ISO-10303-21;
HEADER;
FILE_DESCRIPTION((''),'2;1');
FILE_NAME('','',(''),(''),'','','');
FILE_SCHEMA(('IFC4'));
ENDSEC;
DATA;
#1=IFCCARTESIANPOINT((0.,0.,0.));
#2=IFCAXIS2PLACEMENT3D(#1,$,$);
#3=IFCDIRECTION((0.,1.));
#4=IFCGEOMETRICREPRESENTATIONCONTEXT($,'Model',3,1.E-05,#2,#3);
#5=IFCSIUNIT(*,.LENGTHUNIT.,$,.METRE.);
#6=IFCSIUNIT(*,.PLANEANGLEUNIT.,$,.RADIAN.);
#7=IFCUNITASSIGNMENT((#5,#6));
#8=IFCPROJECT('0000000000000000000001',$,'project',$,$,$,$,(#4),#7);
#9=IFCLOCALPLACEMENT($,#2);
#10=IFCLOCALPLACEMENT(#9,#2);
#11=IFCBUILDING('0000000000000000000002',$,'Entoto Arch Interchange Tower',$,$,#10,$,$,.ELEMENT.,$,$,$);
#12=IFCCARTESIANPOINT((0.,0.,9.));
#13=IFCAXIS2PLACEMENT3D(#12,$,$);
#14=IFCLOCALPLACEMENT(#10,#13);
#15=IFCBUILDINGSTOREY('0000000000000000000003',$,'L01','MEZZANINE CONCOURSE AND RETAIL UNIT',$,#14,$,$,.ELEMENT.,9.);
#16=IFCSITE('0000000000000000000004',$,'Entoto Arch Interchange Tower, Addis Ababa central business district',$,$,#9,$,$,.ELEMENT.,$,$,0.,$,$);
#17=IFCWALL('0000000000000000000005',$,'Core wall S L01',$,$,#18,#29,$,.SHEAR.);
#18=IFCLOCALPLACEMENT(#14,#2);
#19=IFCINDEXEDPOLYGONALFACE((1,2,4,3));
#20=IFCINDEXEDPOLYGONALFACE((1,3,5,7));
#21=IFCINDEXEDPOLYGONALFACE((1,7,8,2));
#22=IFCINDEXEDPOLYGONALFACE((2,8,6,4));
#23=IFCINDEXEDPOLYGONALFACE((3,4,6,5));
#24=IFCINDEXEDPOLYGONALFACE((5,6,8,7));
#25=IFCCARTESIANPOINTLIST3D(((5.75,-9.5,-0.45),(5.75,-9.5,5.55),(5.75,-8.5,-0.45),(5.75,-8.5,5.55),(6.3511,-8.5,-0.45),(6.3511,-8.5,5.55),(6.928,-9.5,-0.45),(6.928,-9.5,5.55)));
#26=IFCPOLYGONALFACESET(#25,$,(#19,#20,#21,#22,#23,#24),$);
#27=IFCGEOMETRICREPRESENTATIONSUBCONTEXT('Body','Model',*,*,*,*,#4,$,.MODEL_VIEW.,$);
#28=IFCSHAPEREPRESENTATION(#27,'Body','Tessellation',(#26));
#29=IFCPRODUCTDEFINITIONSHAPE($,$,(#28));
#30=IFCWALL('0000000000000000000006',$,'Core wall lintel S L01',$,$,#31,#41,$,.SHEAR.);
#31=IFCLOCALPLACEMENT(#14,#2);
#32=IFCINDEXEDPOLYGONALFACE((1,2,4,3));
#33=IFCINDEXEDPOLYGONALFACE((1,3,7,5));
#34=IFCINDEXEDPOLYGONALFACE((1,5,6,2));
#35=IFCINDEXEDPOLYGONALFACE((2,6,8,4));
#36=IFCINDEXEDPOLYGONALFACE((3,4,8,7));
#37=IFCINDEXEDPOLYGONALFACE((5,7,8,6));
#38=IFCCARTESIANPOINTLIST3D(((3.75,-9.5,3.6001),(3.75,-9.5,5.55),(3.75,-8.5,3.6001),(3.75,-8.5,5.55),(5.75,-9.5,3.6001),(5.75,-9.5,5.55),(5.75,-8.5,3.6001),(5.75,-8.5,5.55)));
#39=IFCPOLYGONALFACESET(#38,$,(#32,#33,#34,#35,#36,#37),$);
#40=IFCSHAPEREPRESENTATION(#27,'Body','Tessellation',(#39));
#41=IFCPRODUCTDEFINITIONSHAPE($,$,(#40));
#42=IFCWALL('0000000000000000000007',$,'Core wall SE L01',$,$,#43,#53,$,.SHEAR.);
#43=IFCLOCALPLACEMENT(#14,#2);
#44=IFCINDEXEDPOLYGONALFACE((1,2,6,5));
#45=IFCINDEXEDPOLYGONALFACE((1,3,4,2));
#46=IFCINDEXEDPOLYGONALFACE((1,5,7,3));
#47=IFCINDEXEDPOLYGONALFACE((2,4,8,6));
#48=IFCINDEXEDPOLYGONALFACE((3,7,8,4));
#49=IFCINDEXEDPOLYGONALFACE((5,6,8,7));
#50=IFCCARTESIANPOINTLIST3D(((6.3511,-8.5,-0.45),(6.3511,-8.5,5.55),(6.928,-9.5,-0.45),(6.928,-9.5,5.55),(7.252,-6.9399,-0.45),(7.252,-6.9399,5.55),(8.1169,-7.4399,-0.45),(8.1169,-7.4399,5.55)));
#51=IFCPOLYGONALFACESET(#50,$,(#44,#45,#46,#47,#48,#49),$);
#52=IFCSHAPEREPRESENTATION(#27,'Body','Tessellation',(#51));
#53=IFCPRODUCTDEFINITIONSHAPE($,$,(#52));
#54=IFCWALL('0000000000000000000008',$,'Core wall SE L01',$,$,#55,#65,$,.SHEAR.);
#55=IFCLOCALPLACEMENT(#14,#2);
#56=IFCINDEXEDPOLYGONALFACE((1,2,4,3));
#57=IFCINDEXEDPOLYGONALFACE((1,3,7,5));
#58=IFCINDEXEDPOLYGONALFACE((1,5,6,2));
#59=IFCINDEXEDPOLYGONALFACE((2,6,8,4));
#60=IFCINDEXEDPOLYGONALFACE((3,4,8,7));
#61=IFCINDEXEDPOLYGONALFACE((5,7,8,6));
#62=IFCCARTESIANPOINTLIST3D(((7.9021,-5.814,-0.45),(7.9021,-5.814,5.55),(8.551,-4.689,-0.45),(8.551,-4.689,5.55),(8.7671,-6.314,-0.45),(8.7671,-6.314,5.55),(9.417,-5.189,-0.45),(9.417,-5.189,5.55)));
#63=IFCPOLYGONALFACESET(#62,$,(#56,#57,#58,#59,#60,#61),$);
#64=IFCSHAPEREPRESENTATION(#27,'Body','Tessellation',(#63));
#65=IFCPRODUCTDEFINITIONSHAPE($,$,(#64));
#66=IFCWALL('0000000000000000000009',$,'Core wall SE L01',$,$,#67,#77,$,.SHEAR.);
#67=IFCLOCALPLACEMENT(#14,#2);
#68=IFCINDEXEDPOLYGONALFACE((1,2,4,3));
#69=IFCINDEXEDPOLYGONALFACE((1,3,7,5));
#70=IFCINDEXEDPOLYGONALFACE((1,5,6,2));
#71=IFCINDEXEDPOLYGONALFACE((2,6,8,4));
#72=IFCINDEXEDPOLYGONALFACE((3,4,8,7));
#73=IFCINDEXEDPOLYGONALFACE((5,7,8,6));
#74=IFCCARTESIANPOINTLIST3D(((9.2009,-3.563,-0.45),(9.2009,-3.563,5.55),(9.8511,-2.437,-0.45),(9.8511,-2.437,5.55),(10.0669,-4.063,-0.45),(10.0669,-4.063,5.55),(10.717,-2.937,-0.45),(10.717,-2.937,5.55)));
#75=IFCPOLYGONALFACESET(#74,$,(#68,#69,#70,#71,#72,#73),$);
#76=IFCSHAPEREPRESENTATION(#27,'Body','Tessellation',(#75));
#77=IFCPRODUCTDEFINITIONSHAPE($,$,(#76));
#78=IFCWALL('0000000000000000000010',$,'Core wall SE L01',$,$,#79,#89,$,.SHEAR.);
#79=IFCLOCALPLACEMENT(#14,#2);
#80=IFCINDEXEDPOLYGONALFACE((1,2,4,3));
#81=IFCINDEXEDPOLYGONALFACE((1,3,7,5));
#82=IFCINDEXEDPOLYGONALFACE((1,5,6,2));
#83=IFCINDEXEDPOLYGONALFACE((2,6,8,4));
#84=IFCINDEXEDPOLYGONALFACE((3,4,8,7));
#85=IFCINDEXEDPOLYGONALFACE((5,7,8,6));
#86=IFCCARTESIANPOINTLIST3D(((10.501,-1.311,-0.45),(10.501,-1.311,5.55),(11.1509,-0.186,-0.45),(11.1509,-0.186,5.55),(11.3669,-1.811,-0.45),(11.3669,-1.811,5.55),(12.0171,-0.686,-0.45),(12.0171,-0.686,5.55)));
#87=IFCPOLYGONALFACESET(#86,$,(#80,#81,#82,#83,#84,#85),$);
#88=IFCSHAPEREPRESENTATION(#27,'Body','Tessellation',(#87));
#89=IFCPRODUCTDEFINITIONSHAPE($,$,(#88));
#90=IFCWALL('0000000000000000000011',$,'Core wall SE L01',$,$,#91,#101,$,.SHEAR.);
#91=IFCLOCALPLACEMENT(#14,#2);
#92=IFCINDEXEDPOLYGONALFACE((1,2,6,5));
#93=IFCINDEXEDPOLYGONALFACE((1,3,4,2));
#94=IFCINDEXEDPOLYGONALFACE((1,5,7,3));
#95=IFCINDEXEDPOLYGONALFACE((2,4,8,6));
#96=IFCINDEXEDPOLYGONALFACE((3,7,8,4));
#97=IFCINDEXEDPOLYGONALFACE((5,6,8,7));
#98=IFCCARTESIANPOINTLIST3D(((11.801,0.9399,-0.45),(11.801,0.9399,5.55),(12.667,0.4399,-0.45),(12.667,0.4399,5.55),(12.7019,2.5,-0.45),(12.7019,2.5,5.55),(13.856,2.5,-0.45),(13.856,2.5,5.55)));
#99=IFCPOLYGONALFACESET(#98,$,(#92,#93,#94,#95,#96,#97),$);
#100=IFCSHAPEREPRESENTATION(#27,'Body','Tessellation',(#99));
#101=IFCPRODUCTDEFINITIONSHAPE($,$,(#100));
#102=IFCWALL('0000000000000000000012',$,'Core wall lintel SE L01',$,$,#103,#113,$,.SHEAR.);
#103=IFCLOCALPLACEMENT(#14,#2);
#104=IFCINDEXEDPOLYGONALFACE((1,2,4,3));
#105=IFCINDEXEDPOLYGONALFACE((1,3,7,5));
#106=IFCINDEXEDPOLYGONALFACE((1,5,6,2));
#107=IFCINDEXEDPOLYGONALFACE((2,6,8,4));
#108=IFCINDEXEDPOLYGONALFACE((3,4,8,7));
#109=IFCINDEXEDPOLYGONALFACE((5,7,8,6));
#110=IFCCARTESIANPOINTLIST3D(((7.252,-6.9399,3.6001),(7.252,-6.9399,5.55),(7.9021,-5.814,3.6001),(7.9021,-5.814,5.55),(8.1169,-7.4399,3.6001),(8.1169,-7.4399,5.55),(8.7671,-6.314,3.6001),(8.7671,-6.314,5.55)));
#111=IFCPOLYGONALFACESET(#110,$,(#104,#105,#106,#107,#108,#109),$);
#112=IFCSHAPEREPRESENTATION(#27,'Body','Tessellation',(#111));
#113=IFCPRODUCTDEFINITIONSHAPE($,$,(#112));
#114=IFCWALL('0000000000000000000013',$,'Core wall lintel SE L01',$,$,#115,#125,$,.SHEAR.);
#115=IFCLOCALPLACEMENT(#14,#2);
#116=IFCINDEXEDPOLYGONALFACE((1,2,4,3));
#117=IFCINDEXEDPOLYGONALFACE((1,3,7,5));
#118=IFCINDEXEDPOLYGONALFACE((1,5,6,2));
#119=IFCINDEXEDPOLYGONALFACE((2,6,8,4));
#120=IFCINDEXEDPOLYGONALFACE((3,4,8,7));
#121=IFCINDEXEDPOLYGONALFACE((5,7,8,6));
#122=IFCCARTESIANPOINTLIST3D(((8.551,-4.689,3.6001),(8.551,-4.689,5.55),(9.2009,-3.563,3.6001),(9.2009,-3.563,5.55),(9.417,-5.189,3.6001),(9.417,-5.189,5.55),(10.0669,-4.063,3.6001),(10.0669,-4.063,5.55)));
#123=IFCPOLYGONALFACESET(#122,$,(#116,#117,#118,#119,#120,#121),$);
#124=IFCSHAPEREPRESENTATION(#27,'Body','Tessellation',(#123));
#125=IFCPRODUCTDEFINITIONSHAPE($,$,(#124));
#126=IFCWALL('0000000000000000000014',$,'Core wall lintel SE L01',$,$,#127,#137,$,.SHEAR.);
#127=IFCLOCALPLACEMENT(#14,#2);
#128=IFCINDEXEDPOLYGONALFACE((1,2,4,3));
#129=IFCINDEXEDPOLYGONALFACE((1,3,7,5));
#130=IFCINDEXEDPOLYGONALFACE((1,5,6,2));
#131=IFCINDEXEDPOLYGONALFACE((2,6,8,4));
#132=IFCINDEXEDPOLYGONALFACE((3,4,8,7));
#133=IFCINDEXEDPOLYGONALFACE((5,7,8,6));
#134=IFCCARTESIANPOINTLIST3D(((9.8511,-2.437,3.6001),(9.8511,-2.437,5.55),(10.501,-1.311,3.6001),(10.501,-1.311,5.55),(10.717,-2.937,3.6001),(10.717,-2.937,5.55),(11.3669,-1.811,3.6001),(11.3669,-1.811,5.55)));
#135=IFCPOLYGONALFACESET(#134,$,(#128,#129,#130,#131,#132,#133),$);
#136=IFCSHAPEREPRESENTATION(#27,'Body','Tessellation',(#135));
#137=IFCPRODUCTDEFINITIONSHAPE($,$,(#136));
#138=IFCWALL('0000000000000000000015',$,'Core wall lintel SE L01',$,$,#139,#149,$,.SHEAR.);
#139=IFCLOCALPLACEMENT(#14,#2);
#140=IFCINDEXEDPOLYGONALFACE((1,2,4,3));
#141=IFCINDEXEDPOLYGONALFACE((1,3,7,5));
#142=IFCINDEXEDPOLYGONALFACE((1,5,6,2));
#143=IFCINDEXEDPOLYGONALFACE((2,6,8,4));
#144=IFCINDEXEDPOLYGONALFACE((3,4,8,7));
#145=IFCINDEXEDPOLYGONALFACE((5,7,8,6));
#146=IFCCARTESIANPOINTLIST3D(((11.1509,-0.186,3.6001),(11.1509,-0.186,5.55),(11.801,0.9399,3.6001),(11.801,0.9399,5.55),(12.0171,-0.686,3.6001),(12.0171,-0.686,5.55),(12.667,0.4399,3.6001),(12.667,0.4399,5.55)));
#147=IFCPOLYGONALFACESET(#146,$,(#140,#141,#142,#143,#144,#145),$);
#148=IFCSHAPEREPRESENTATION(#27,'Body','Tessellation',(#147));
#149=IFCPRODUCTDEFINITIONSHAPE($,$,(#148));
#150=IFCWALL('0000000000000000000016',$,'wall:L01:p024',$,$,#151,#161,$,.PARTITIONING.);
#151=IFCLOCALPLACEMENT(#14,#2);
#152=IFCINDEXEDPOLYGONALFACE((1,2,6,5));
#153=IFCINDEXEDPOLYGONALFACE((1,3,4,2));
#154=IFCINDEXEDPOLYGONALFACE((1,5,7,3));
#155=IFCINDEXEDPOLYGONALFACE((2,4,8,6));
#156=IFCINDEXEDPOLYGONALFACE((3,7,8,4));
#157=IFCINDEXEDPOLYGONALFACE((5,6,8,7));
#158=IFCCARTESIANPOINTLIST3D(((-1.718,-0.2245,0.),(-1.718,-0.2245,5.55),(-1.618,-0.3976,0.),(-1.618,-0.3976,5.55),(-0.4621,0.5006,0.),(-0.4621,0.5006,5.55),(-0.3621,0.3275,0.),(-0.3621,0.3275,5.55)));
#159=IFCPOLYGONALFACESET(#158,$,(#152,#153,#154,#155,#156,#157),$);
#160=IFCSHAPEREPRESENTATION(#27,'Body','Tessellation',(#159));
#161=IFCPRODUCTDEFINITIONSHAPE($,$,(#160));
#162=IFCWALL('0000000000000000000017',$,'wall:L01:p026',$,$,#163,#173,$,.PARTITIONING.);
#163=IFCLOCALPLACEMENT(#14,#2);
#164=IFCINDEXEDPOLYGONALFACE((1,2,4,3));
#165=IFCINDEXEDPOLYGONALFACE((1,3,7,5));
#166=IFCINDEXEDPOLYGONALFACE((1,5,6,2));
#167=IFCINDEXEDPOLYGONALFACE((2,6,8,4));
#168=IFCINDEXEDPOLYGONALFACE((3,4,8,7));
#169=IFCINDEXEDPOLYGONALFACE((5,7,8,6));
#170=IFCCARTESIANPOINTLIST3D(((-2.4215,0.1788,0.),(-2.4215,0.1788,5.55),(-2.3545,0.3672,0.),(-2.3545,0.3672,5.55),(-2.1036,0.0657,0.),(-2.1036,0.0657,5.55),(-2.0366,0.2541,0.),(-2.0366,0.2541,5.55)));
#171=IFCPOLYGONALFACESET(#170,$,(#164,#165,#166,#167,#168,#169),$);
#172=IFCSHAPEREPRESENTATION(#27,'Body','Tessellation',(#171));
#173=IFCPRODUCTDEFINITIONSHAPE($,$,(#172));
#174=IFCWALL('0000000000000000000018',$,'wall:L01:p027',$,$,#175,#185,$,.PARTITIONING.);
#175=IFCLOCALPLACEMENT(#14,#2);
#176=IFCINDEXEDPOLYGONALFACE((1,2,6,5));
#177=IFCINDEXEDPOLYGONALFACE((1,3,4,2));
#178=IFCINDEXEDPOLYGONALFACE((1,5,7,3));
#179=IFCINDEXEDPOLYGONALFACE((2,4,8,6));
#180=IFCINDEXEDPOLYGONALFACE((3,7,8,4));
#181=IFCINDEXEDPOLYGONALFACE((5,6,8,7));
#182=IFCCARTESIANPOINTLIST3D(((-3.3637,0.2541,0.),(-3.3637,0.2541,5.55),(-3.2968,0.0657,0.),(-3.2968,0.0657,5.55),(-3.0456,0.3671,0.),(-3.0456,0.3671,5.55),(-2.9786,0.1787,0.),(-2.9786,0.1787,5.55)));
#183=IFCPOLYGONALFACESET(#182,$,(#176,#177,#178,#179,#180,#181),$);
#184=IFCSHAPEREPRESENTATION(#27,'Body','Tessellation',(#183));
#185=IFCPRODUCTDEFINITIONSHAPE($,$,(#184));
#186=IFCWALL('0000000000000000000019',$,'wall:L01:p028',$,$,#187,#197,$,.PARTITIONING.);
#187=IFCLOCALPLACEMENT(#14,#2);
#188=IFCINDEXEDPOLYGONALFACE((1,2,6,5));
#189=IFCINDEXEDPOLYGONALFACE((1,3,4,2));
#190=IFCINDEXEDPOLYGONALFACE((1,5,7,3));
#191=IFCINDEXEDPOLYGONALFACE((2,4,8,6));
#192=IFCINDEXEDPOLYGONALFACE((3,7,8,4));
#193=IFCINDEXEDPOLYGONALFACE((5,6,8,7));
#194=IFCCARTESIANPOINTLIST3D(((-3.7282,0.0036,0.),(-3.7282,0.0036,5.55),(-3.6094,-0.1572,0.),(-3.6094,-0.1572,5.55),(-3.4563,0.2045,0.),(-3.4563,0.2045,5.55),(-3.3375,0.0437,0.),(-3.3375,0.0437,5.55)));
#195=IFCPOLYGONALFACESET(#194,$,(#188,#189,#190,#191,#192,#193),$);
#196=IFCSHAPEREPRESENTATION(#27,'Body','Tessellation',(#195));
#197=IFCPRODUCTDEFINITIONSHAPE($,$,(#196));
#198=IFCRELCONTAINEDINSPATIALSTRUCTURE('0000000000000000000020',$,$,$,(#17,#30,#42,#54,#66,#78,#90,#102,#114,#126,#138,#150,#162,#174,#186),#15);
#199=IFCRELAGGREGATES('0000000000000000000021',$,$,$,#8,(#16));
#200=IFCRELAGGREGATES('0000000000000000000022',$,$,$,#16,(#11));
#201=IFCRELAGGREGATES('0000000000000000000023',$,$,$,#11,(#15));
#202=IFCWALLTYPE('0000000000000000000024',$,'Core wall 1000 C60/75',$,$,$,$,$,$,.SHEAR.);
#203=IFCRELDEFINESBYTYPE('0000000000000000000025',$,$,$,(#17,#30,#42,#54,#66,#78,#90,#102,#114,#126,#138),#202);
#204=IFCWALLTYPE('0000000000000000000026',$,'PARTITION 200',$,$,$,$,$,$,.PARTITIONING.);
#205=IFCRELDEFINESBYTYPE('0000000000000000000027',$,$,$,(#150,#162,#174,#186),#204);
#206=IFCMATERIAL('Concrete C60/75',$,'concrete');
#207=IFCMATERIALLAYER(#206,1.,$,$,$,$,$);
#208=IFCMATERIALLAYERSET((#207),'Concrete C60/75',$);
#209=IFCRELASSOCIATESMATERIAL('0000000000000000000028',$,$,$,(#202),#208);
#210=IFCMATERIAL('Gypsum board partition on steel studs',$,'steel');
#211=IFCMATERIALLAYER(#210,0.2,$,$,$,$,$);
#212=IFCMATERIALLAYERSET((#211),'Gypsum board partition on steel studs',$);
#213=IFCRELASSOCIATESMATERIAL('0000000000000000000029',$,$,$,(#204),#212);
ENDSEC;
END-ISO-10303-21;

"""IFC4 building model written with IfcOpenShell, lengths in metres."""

from ifc_helpers import new_model, si_unit, direction, frame, frame_2d, origin, place, context, subcontext, project, spatial, polyline, rectangle, outline, extrude, material, layer, layer_set, type_object, element, save


model = new_model("IFC4")

# Units and contexts
model_context = context("Model", 3, precision=1e-05, world=origin(), true_north=direction((0.0, 1.0)))
body_context = subcontext(model_context, "Body", "Model", "MODEL_VIEW")
ifc_project = project(units=[si_unit("LENGTHUNIT", "METRE"), si_unit("PLANEANGLEUNIT", "RADIAN")], contexts=[model_context])

# Site, building, storey
site_placement = place(None, origin())
site = spatial("IfcSite", under=ifc_project, at=site_placement, Name="Entoto Arch Interchange Tower, Addis Ababa central business district", CompositionType="ELEMENT", RefElevation=0.0)
building_placement = place(site_placement, origin())
building = spatial("IfcBuilding", under=site, at=building_placement, Name="Entoto Arch Interchange Tower", CompositionType="ELEMENT")
storey_placement = place(building_placement, frame((0.0, 0.0, 9.0)))
storey = spatial("IfcBuildingStorey", under=building, at=storey_placement, Name="L01", Description="MEZZANINE CONCOURSE AND RETAIL UNIT", CompositionType="ELEMENT", Elevation=9.0)

# Walls
ifc_material_1 = material(Name="Concrete C60/75", Category="concrete")
ifc_layer_1 = layer(ifc_material_1, 1.0)
ifc_layer_set_1 = layer_set([ifc_layer_1], Name="Concrete C60/75")
wall_type_1 = type_object("IfcWallType", Name="Core wall 1000 C60/75", PredefinedType="SHEAR", material=ifc_layer_set_1)
wall_1_placement = place(storey_placement, frame((0.0, 0.0, -0.45)))
element("IfcWall", 1, at=wall_1_placement, inside=storey, type_object=wall_type_1, Name="Core wall S L01", PredefinedType="SHEAR", context=body_context, shape_type="SweptSolid", body=[
    extrude(outline(polyline([(5.75, -8.5), (5.75, -9.5), (6.928, -9.5), (6.3511, -8.5), (5.75, -8.5)])), origin(), (0.0, 0.0, 1.0), 6.0),
])
wall_2_placement = place(storey_placement, frame((0.0, 0.0, 3.6001)))
element("IfcWall", 2, at=wall_2_placement, inside=storey, type_object=wall_type_1, Name="Core wall lintel S L01", PredefinedType="SHEAR", context=body_context, shape_type="SweptSolid", body=[
    extrude(outline(polyline([(5.75, -9.5), (5.75, -8.5), (3.75, -8.5), (3.75, -9.5), (5.75, -9.5)])), origin(), (0.0, 0.0, 1.0), 1.95),
])
wall_3_placement = place(storey_placement, frame((0.0, 0.0, -0.45)))
element("IfcWall", 3, at=wall_3_placement, inside=storey, type_object=wall_type_1, Name="Core wall SE L01", PredefinedType="SHEAR", context=body_context, shape_type="SweptSolid", body=[
    extrude(outline(polyline([(8.1169, -7.4399), (7.252, -6.9399), (6.3511, -8.5), (6.928, -9.5), (8.1169, -7.4399)])), origin(), (0.0, 0.0, 1.0), 6.0),
])
wall_4_placement = place(storey_placement, frame((0.0, 0.0, -0.45)))
element("IfcWall", 4, at=wall_4_placement, inside=storey, type_object=wall_type_1, Name="Core wall SE L01", PredefinedType="SHEAR", context=body_context, shape_type="SweptSolid", body=[
    extrude(outline(polyline([(9.417, -5.189), (8.551, -4.689), (7.9021, -5.814), (8.7671, -6.314), (9.417, -5.189)])), origin(), (0.0, 0.0, 1.0), 6.0),
])
wall_5_placement = place(storey_placement, frame((0.0, 0.0, -0.45)))
element("IfcWall", 5, at=wall_5_placement, inside=storey, type_object=wall_type_1, Name="Core wall SE L01", PredefinedType="SHEAR", context=body_context, shape_type="SweptSolid", body=[
    extrude(outline(polyline([(10.717, -2.937), (9.8511, -2.437), (9.2009, -3.563), (10.0669, -4.063), (10.717, -2.937)])), origin(), (0.0, 0.0, 1.0), 6.0),
])
wall_6_placement = place(storey_placement, frame((0.0, 0.0, -0.45)))
element("IfcWall", 6, at=wall_6_placement, inside=storey, type_object=wall_type_1, Name="Core wall SE L01", PredefinedType="SHEAR", context=body_context, shape_type="SweptSolid", body=[
    extrude(outline(polyline([(12.0171, -0.686), (11.1509, -0.186), (10.501, -1.311), (11.3669, -1.811), (12.0171, -0.686)])), origin(), (0.0, 0.0, 1.0), 6.0),
])
wall_7_placement = place(storey_placement, frame((0.0, 0.0, -0.45)))
element("IfcWall", 7, at=wall_7_placement, inside=storey, type_object=wall_type_1, Name="Core wall SE L01", PredefinedType="SHEAR", context=body_context, shape_type="SweptSolid", body=[
    extrude(outline(polyline([(11.801, 0.9399), (12.667, 0.4399), (13.856, 2.5), (12.7019, 2.5), (11.801, 0.9399)])), origin(), (0.0, 0.0, 1.0), 6.0),
])
wall_8_placement = place(storey_placement, frame((0.0, 0.0, 3.6001)))
element("IfcWall", 8, at=wall_8_placement, inside=storey, type_object=wall_type_1, Name="Core wall lintel SE L01", PredefinedType="SHEAR", context=body_context, shape_type="SweptSolid", body=[
    extrude(outline(polyline([(8.7671, -6.314), (7.9021, -5.814), (7.252, -6.9399), (8.1169, -7.4399), (8.7671, -6.314)])), origin(), (0.0, 0.0, 1.0), 1.95),
])
wall_9_placement = place(storey_placement, frame((0.0, 0.0, 3.6001)))
element("IfcWall", 9, at=wall_9_placement, inside=storey, type_object=wall_type_1, Name="Core wall lintel SE L01", PredefinedType="SHEAR", context=body_context, shape_type="SweptSolid", body=[
    extrude(outline(polyline([(10.0669, -4.063), (9.2009, -3.563), (8.551, -4.689), (9.417, -5.189), (10.0669, -4.063)])), origin(), (0.0, 0.0, 1.0), 1.95),
])
wall_10_placement = place(storey_placement, frame((0.0, 0.0, 3.6001)))
element("IfcWall", 10, at=wall_10_placement, inside=storey, type_object=wall_type_1, Name="Core wall lintel SE L01", PredefinedType="SHEAR", context=body_context, shape_type="SweptSolid", body=[
    extrude(outline(polyline([(11.3669, -1.811), (10.501, -1.311), (9.8511, -2.437), (10.717, -2.937), (11.3669, -1.811)])), origin(), (0.0, 0.0, 1.0), 1.95),
])
wall_11_placement = place(storey_placement, frame((0.0, 0.0, 3.6001)))
element("IfcWall", 11, at=wall_11_placement, inside=storey, type_object=wall_type_1, Name="Core wall lintel SE L01", PredefinedType="SHEAR", context=body_context, shape_type="SweptSolid", body=[
    extrude(outline(polyline([(12.667, 0.4399), (11.801, 0.9399), (11.1509, -0.186), (12.0171, -0.686), (12.667, 0.4399)])), origin(), (0.0, 0.0, 1.0), 1.95),
])
ifc_material_2 = material(Name="Gypsum board partition on steel studs", Category="steel")
ifc_layer_2 = layer(ifc_material_2, 0.2)
ifc_layer_set_2 = layer_set([ifc_layer_2], Name="Gypsum board partition on steel studs")
wall_type_2 = type_object("IfcWallType", Name="PARTITION 200", PredefinedType="PARTITIONING", material=ifc_layer_set_2)
wall_12_placement = place(storey_placement, frame((-0.4121, 0.4141, 0.0), z_axis=(0.0, 0.0, 1.0), x_axis=(-0.866017, -0.500014, 0.0)))
element("IfcWall", 12, at=wall_12_placement, inside=storey, type_object=wall_type_2, Name="wall:L01:p024", PredefinedType="PARTITIONING", context=body_context, shape_type="SweptSolid", body=[
    extrude(rectangle(XDim=1.4502, YDim=0.2, at=frame_2d((0.7251, 0.0))), origin(), (0.0, 0.0, 1.0), 5.55),
])
wall_13_placement = place(storey_placement, frame((-2.0701, 0.1599, 0.0), z_axis=(0.0, 0.0, 1.0), x_axis=(-0.942199, 0.335052, 0.0)))
element("IfcWall", 13, at=wall_13_placement, inside=storey, type_object=wall_type_2, Name="wall:L01:p026", PredefinedType="PARTITIONING", context=body_context, shape_type="SweptSolid", body=[
    extrude(rectangle(XDim=0.3374, YDim=0.2, at=frame_2d((0.1687, 0.0))), origin(), (0.0, 0.0, 1.0), 5.55),
])
wall_14_placement = place(storey_placement, frame((-3.012, 0.2729, 0.0), z_axis=(0.0, 0.0, 1.0), x_axis=(-0.942281, -0.334824, 0.0)))
element("IfcWall", 14, at=wall_14_placement, inside=storey, type_object=wall_type_2, Name="wall:L01:p027", PredefinedType="PARTITIONING", context=body_context, shape_type="SweptSolid", body=[
    extrude(rectangle(XDim=0.3376, YDim=0.2, at=frame_2d((0.1689, 0.0))), origin(), (0.0, 0.0, 1.0), 5.55),
])
wall_15_placement = place(storey_placement, frame((-3.397, 0.124, 0.0), z_axis=(0.0, 0.0, 1.0), x_axis=(-0.804311, -0.594208, 0.0)))
element("IfcWall", 15, at=wall_15_placement, inside=storey, type_object=wall_type_2, Name="wall:L01:p028", PredefinedType="PARTITIONING", context=body_context, shape_type="SweptSolid", body=[
    extrude(rectangle(XDim=0.3381, YDim=0.2, at=frame_2d((0.1689, 0.0))), origin(), (0.0, 0.0, 1.0), 5.55),
])

save(model, "model.ifc")
